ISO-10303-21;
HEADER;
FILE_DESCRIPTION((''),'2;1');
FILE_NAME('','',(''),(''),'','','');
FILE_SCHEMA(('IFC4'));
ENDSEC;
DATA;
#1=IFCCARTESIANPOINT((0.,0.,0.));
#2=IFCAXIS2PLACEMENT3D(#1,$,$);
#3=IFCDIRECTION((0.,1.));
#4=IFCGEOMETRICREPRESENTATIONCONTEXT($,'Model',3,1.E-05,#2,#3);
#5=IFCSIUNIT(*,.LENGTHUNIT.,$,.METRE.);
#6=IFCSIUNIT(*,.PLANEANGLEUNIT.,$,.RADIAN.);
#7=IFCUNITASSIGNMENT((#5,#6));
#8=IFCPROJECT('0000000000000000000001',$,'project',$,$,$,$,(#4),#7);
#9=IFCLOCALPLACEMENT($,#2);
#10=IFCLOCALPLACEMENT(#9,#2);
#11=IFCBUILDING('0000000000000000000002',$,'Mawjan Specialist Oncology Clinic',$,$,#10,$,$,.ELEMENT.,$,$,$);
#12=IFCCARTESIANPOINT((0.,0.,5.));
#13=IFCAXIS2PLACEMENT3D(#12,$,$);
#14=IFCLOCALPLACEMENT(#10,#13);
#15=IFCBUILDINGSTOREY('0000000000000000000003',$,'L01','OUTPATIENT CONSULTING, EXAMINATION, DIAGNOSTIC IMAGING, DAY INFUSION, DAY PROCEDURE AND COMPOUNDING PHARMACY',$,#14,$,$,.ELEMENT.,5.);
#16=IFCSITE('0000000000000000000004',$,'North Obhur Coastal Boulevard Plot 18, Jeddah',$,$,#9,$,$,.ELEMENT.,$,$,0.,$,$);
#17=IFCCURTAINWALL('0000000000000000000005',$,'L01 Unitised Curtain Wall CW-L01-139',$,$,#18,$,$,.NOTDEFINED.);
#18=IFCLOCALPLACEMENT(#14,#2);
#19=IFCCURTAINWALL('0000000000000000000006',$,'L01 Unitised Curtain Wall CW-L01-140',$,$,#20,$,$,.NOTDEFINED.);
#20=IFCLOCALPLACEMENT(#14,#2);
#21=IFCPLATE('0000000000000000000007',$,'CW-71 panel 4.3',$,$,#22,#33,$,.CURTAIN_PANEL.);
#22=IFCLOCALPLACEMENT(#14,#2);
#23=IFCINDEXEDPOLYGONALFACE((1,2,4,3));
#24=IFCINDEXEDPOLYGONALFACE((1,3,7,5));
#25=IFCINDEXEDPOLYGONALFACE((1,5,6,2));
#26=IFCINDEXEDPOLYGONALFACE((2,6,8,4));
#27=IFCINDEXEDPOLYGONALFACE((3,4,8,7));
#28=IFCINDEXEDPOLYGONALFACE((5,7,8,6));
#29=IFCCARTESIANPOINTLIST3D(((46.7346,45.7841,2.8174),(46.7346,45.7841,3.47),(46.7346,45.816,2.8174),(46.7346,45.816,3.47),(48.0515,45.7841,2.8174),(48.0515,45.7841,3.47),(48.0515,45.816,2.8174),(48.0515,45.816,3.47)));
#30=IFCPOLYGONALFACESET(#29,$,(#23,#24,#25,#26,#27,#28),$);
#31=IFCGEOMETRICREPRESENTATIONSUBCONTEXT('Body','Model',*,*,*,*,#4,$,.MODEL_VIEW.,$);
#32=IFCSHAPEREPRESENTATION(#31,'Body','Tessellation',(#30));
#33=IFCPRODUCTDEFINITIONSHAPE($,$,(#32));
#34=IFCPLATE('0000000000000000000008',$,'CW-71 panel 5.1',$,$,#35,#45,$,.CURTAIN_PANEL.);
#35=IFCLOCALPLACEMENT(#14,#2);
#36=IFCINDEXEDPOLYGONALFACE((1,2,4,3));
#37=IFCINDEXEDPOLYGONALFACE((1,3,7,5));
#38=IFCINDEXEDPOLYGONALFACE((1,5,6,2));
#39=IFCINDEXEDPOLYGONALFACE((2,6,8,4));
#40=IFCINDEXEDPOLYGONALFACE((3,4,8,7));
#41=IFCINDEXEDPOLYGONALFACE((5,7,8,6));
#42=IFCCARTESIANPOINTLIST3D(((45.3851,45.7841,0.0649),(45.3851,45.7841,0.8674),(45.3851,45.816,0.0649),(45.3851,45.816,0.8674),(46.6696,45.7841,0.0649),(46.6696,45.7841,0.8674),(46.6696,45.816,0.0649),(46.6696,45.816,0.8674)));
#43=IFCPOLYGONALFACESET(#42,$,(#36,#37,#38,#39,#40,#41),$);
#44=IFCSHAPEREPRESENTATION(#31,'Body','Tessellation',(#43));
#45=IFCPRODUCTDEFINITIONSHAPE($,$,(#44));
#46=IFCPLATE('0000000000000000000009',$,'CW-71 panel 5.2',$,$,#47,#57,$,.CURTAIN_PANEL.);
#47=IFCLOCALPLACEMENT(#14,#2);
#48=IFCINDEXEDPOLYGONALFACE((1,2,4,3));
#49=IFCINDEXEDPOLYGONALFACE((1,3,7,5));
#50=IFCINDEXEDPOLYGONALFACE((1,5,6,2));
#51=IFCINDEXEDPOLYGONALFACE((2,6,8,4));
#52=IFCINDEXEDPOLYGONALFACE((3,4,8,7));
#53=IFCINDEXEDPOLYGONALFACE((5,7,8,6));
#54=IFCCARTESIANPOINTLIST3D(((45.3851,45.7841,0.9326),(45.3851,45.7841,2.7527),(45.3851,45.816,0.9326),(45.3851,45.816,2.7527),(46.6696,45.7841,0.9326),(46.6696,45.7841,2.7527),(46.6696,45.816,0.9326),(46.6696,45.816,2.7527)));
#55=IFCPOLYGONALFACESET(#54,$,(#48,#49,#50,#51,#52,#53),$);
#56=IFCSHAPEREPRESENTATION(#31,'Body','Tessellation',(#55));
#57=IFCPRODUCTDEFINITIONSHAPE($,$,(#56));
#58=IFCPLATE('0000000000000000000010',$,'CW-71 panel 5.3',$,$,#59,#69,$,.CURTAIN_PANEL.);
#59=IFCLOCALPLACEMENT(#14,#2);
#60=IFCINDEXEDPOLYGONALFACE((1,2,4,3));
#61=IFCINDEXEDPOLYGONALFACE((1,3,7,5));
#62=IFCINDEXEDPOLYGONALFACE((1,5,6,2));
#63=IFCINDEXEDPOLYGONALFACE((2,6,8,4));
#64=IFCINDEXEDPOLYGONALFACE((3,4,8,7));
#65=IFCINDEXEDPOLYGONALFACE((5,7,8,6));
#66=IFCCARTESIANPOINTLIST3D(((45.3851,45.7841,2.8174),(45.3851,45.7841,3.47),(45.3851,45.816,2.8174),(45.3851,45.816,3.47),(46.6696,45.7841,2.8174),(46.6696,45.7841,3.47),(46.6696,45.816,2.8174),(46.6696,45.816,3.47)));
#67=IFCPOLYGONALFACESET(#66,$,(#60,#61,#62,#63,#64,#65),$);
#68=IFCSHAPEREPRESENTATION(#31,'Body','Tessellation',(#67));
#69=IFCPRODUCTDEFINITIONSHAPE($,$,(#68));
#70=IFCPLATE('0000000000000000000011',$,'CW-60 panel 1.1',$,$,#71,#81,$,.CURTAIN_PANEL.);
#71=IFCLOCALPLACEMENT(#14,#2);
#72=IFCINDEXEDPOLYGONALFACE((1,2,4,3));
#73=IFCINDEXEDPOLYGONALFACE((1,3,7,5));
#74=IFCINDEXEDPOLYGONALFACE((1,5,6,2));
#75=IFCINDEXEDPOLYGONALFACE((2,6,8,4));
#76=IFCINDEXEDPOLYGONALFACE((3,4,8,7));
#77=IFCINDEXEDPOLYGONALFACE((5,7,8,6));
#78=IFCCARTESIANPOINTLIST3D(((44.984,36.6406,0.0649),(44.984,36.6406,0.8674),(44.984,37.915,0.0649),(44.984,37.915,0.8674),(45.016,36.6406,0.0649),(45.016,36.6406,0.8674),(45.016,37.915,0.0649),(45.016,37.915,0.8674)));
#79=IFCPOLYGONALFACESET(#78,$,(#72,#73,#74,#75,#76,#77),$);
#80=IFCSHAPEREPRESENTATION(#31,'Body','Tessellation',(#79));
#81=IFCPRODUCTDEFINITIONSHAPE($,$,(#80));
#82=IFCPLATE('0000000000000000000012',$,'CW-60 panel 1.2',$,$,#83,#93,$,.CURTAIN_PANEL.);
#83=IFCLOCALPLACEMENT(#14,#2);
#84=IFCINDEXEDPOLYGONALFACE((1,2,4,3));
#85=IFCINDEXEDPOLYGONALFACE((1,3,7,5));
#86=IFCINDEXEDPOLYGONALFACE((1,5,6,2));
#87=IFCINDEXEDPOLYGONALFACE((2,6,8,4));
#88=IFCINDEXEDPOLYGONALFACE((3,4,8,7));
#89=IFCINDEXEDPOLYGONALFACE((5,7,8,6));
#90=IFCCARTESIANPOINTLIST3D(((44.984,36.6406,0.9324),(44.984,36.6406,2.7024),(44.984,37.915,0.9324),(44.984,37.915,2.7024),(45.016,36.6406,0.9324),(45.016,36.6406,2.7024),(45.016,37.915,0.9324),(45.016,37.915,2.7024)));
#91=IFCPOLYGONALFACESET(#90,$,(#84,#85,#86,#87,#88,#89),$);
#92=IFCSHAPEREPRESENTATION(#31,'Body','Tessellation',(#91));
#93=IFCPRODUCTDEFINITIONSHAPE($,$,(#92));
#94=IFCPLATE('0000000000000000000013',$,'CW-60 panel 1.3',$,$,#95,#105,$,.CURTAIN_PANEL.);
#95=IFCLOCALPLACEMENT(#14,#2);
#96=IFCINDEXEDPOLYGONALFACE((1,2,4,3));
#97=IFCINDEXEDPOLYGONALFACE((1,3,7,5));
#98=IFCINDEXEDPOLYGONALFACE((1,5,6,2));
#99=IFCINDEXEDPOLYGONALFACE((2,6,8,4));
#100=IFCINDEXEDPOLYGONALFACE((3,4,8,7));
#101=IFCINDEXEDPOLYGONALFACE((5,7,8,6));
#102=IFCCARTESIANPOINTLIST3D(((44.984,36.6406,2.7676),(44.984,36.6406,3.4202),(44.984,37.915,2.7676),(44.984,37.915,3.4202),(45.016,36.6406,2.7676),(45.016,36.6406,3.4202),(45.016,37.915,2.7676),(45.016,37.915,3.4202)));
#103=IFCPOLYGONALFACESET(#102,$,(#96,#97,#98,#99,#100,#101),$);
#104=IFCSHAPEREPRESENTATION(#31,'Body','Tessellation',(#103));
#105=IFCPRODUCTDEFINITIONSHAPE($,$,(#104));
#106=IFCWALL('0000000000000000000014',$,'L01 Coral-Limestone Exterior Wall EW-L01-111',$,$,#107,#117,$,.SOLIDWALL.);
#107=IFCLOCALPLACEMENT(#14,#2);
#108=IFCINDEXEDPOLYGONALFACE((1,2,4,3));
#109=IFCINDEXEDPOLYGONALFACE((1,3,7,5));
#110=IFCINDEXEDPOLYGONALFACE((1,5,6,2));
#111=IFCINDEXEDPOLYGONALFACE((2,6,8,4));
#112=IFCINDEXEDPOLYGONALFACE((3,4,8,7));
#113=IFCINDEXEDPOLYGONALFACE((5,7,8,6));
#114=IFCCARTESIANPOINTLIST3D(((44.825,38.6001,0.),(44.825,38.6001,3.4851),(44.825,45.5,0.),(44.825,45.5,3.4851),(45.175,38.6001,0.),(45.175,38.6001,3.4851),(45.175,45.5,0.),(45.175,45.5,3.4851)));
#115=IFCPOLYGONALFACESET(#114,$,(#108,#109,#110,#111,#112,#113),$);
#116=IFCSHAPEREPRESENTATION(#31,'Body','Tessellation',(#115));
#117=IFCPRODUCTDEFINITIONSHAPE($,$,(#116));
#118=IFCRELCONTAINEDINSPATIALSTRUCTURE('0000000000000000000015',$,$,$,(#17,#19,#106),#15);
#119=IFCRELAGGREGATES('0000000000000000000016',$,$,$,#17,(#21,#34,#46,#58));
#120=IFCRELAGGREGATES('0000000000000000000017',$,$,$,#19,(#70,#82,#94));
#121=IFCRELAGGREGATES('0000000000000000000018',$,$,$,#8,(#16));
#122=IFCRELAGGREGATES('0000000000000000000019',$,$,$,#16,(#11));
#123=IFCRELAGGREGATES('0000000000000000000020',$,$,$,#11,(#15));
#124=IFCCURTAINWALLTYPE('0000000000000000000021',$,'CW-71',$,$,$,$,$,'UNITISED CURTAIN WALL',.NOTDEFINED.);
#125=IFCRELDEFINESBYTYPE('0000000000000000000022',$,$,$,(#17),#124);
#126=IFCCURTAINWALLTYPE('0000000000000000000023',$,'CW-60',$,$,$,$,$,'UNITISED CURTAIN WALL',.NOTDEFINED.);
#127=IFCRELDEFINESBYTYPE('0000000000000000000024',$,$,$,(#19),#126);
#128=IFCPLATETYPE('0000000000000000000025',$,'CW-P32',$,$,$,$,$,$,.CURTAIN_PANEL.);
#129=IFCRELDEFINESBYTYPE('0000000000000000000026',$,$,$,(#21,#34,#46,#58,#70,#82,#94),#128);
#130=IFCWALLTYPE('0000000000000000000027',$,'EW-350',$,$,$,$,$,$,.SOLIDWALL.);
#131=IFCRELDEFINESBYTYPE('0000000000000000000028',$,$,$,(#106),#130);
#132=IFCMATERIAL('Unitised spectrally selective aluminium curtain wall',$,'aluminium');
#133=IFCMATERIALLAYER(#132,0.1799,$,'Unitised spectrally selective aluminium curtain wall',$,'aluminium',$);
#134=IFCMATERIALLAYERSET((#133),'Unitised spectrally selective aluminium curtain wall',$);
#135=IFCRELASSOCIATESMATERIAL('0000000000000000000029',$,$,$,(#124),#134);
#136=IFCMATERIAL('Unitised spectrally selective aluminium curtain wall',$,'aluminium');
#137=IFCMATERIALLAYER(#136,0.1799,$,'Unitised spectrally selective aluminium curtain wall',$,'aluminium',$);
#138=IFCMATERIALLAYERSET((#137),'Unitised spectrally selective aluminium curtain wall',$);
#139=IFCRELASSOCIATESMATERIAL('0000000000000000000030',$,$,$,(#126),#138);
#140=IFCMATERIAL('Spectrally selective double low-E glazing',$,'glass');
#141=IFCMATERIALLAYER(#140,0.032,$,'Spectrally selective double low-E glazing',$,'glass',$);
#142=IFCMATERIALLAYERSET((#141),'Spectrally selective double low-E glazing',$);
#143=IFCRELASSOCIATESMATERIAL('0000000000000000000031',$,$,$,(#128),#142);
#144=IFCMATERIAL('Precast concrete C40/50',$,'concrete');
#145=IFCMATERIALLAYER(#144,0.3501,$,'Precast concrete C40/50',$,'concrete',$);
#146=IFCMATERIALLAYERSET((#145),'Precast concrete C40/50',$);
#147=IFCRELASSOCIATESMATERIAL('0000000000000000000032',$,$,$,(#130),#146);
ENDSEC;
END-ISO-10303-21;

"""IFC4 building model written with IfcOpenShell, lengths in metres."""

from ifc_helpers import new_model, si_unit, direction, frame, frame_2d, origin, origin_2d, place, context, subcontext, project, spatial, rectangle, extrude, material, layer, layer_set, type_object, element, aggregate, save


model = new_model("IFC4")

# Units and contexts
model_context = context("Model", 3, precision=1e-05, world=origin(), true_north=direction((0.0, 1.0)))
body_context = subcontext(model_context, "Body", "Model", "MODEL_VIEW")
ifc_project = project(units=[si_unit("LENGTHUNIT", "METRE"), si_unit("PLANEANGLEUNIT", "RADIAN")], contexts=[model_context])

# Site, building, storey
site_placement = place(None, origin())
site = spatial("IfcSite", under=ifc_project, at=site_placement, Name="North Obhur Coastal Boulevard Plot 18, Jeddah", CompositionType="ELEMENT", RefElevation=0.0)
building_placement = place(site_placement, origin())
building = spatial("IfcBuilding", under=site, at=building_placement, Name="Mawjan Specialist Oncology Clinic", CompositionType="ELEMENT")
storey_placement = place(building_placement, frame((0.0, 0.0, 5.0)))
storey = spatial("IfcBuildingStorey", under=building, at=storey_placement, Name="L01", Description="OUTPATIENT CONSULTING, EXAMINATION, DIAGNOSTIC IMAGING, DAY INFUSION, DAY PROCEDURE AND COMPOUNDING PHARMACY", CompositionType="ELEMENT", Elevation=5.0)

# Curtain walls
ifc_material_1 = material(Name="Unitised spectrally selective aluminium curtain wall", Category="aluminium")
ifc_layer_1 = layer(ifc_material_1, 0.1799, Name="Unitised spectrally selective aluminium curtain wall", Category="aluminium")
ifc_layer_set_1 = layer_set([ifc_layer_1], Name="Unitised spectrally selective aluminium curtain wall")
curtain_wall_type_1 = type_object("IfcCurtainWallType", Name="CW-71", ElementType="UNITISED CURTAIN WALL", PredefinedType="NOTDEFINED", material=ifc_layer_set_1)
curtain_wall_1_placement = place(storey_placement, origin())
curtain_wall_1 = element("IfcCurtainWall", 1, at=curtain_wall_1_placement, inside=storey, type_object=curtain_wall_type_1, Name="L01 Unitised Curtain Wall CW-L01-139", PredefinedType="NOTDEFINED")
ifc_material_2 = material(Name="Unitised spectrally selective aluminium curtain wall", Category="aluminium")
ifc_layer_2 = layer(ifc_material_2, 0.1799, Name="Unitised spectrally selective aluminium curtain wall", Category="aluminium")
ifc_layer_set_2 = layer_set([ifc_layer_2], Name="Unitised spectrally selective aluminium curtain wall")
curtain_wall_type_2 = type_object("IfcCurtainWallType", Name="CW-60", ElementType="UNITISED CURTAIN WALL", PredefinedType="NOTDEFINED", material=ifc_layer_set_2)
curtain_wall_2_placement = place(storey_placement, origin())
curtain_wall_2 = element("IfcCurtainWall", 2, at=curtain_wall_2_placement, inside=storey, type_object=curtain_wall_type_2, Name="L01 Unitised Curtain Wall CW-L01-140", PredefinedType="NOTDEFINED")

# Plates
ifc_material_3 = material(Name="Spectrally selective double low-E glazing", Category="glass")
ifc_layer_3 = layer(ifc_material_3, 0.032, Name="Spectrally selective double low-E glazing", Category="glass")
ifc_layer_set_3 = layer_set([ifc_layer_3], Name="Spectrally selective double low-E glazing")
plate_type = type_object("IfcPlateType", Name="CW-P32", PredefinedType="CURTAIN_PANEL", material=ifc_layer_set_3)
plate_1_placement = place(storey_placement, frame((47.3931, 45.8, 2.8174), z_axis=(0.0, 0.0, 1.0), x_axis=(-1.0, 0.0, 0.0)))
plate_1 = element("IfcPlate", 3, at=plate_1_placement, type_object=plate_type, Name="CW-71 panel 4.3", PredefinedType="CURTAIN_PANEL", context=body_context, shape_type="SweptSolid", body=[
    extrude(rectangle(XDim=1.3169, YDim=0.032, at=origin_2d()), origin(), (0.0, 0.0, 1.0), 0.6526),
])
plate_2_placement = place(storey_placement, frame((46.0273, 45.8, 0.0649), z_axis=(0.0, 0.0, 1.0), x_axis=(-1.0, 0.0, 0.0)))
plate_2 = element("IfcPlate", 4, at=plate_2_placement, type_object=plate_type, Name="CW-71 panel 5.1", PredefinedType="CURTAIN_PANEL", context=body_context, shape_type="SweptSolid", body=[
    extrude(rectangle(XDim=1.2844, YDim=0.032, at=origin_2d()), origin(), (0.0, 0.0, 1.0), 0.8025),
])
plate_3_placement = place(storey_placement, frame((46.0273, 45.8, 0.9326), z_axis=(0.0, 0.0, 1.0), x_axis=(-1.0, 0.0, 0.0)))
plate_3 = element("IfcPlate", 5, at=plate_3_placement, type_object=plate_type, Name="CW-71 panel 5.2", PredefinedType="CURTAIN_PANEL", context=body_context, shape_type="SweptSolid", body=[
    extrude(rectangle(XDim=1.2844, YDim=0.032, at=origin_2d()), origin(), (0.0, 0.0, 1.0), 1.8201),
])
plate_4_placement = place(storey_placement, frame((46.0273, 45.8, 2.8174), z_axis=(0.0, 0.0, 1.0), x_axis=(-1.0, 0.0, 0.0)))
plate_4 = element("IfcPlate", 6, at=plate_4_placement, type_object=plate_type, Name="CW-71 panel 5.3", PredefinedType="CURTAIN_PANEL", context=body_context, shape_type="SweptSolid", body=[
    extrude(rectangle(XDim=1.2844, YDim=0.032, at=origin_2d()), origin(), (0.0, 0.0, 1.0), 0.6526),
])
aggregate(curtain_wall_1, [plate_1, plate_2, plate_3, plate_4])
plate_5_placement = place(storey_placement, frame((45.0, 37.2778, 0.0649), z_axis=(0.0, 0.0, 1.0), x_axis=(0.0, -1.0, 0.0)))
plate_5 = element("IfcPlate", 7, at=plate_5_placement, type_object=plate_type, Name="CW-60 panel 1.1", PredefinedType="CURTAIN_PANEL", context=body_context, shape_type="SweptSolid", body=[
    extrude(rectangle(XDim=1.2744, YDim=0.032, at=origin_2d()), origin(), (0.0, 0.0, 1.0), 0.8025),
])
plate_6_placement = place(storey_placement, frame((45.0, 37.2778, 0.9324), z_axis=(0.0, 0.0, 1.0), x_axis=(0.0, -1.0, 0.0)))
plate_6 = element("IfcPlate", 8, at=plate_6_placement, type_object=plate_type, Name="CW-60 panel 1.2", PredefinedType="CURTAIN_PANEL", context=body_context, shape_type="SweptSolid", body=[
    extrude(rectangle(XDim=1.2744, YDim=0.032, at=origin_2d()), origin(), (0.0, 0.0, 1.0), 1.77),
])
plate_7_placement = place(storey_placement, frame((45.0, 37.2778, 2.7676), z_axis=(0.0, 0.0, 1.0), x_axis=(0.0, -1.0, 0.0)))
plate_7 = element("IfcPlate", 9, at=plate_7_placement, type_object=plate_type, Name="CW-60 panel 1.3", PredefinedType="CURTAIN_PANEL", context=body_context, shape_type="SweptSolid", body=[
    extrude(rectangle(XDim=1.2744, YDim=0.032, at=origin_2d()), origin(), (0.0, 0.0, 1.0), 0.6526),
])
aggregate(curtain_wall_2, [plate_5, plate_6, plate_7])

# Wall
ifc_material_4 = material(Name="Precast concrete C40/50", Category="concrete")
ifc_layer_4 = layer(ifc_material_4, 0.3501, Name="Precast concrete C40/50", Category="concrete")
ifc_layer_set_4 = layer_set([ifc_layer_4], Name="Precast concrete C40/50")
wall_type = type_object("IfcWallType", Name="EW-350", PredefinedType="SOLIDWALL", material=ifc_layer_set_4)
wall_placement = place(storey_placement, frame((45.0, 45.5, 0.0), z_axis=(0.0, 0.0, 1.0), x_axis=(0.0, -1.0, 0.0)))
element("IfcWall", 10, at=wall_placement, inside=storey, type_object=wall_type, Name="L01 Coral-Limestone Exterior Wall EW-L01-111", PredefinedType="SOLIDWALL", context=body_context, shape_type="SweptSolid", body=[
    extrude(rectangle(XDim=6.8999, YDim=0.3501, at=frame_2d((3.45, 0.0))), origin(), (0.0, 0.0, 1.0), 3.4851),
])

save(model, "model.ifc")
